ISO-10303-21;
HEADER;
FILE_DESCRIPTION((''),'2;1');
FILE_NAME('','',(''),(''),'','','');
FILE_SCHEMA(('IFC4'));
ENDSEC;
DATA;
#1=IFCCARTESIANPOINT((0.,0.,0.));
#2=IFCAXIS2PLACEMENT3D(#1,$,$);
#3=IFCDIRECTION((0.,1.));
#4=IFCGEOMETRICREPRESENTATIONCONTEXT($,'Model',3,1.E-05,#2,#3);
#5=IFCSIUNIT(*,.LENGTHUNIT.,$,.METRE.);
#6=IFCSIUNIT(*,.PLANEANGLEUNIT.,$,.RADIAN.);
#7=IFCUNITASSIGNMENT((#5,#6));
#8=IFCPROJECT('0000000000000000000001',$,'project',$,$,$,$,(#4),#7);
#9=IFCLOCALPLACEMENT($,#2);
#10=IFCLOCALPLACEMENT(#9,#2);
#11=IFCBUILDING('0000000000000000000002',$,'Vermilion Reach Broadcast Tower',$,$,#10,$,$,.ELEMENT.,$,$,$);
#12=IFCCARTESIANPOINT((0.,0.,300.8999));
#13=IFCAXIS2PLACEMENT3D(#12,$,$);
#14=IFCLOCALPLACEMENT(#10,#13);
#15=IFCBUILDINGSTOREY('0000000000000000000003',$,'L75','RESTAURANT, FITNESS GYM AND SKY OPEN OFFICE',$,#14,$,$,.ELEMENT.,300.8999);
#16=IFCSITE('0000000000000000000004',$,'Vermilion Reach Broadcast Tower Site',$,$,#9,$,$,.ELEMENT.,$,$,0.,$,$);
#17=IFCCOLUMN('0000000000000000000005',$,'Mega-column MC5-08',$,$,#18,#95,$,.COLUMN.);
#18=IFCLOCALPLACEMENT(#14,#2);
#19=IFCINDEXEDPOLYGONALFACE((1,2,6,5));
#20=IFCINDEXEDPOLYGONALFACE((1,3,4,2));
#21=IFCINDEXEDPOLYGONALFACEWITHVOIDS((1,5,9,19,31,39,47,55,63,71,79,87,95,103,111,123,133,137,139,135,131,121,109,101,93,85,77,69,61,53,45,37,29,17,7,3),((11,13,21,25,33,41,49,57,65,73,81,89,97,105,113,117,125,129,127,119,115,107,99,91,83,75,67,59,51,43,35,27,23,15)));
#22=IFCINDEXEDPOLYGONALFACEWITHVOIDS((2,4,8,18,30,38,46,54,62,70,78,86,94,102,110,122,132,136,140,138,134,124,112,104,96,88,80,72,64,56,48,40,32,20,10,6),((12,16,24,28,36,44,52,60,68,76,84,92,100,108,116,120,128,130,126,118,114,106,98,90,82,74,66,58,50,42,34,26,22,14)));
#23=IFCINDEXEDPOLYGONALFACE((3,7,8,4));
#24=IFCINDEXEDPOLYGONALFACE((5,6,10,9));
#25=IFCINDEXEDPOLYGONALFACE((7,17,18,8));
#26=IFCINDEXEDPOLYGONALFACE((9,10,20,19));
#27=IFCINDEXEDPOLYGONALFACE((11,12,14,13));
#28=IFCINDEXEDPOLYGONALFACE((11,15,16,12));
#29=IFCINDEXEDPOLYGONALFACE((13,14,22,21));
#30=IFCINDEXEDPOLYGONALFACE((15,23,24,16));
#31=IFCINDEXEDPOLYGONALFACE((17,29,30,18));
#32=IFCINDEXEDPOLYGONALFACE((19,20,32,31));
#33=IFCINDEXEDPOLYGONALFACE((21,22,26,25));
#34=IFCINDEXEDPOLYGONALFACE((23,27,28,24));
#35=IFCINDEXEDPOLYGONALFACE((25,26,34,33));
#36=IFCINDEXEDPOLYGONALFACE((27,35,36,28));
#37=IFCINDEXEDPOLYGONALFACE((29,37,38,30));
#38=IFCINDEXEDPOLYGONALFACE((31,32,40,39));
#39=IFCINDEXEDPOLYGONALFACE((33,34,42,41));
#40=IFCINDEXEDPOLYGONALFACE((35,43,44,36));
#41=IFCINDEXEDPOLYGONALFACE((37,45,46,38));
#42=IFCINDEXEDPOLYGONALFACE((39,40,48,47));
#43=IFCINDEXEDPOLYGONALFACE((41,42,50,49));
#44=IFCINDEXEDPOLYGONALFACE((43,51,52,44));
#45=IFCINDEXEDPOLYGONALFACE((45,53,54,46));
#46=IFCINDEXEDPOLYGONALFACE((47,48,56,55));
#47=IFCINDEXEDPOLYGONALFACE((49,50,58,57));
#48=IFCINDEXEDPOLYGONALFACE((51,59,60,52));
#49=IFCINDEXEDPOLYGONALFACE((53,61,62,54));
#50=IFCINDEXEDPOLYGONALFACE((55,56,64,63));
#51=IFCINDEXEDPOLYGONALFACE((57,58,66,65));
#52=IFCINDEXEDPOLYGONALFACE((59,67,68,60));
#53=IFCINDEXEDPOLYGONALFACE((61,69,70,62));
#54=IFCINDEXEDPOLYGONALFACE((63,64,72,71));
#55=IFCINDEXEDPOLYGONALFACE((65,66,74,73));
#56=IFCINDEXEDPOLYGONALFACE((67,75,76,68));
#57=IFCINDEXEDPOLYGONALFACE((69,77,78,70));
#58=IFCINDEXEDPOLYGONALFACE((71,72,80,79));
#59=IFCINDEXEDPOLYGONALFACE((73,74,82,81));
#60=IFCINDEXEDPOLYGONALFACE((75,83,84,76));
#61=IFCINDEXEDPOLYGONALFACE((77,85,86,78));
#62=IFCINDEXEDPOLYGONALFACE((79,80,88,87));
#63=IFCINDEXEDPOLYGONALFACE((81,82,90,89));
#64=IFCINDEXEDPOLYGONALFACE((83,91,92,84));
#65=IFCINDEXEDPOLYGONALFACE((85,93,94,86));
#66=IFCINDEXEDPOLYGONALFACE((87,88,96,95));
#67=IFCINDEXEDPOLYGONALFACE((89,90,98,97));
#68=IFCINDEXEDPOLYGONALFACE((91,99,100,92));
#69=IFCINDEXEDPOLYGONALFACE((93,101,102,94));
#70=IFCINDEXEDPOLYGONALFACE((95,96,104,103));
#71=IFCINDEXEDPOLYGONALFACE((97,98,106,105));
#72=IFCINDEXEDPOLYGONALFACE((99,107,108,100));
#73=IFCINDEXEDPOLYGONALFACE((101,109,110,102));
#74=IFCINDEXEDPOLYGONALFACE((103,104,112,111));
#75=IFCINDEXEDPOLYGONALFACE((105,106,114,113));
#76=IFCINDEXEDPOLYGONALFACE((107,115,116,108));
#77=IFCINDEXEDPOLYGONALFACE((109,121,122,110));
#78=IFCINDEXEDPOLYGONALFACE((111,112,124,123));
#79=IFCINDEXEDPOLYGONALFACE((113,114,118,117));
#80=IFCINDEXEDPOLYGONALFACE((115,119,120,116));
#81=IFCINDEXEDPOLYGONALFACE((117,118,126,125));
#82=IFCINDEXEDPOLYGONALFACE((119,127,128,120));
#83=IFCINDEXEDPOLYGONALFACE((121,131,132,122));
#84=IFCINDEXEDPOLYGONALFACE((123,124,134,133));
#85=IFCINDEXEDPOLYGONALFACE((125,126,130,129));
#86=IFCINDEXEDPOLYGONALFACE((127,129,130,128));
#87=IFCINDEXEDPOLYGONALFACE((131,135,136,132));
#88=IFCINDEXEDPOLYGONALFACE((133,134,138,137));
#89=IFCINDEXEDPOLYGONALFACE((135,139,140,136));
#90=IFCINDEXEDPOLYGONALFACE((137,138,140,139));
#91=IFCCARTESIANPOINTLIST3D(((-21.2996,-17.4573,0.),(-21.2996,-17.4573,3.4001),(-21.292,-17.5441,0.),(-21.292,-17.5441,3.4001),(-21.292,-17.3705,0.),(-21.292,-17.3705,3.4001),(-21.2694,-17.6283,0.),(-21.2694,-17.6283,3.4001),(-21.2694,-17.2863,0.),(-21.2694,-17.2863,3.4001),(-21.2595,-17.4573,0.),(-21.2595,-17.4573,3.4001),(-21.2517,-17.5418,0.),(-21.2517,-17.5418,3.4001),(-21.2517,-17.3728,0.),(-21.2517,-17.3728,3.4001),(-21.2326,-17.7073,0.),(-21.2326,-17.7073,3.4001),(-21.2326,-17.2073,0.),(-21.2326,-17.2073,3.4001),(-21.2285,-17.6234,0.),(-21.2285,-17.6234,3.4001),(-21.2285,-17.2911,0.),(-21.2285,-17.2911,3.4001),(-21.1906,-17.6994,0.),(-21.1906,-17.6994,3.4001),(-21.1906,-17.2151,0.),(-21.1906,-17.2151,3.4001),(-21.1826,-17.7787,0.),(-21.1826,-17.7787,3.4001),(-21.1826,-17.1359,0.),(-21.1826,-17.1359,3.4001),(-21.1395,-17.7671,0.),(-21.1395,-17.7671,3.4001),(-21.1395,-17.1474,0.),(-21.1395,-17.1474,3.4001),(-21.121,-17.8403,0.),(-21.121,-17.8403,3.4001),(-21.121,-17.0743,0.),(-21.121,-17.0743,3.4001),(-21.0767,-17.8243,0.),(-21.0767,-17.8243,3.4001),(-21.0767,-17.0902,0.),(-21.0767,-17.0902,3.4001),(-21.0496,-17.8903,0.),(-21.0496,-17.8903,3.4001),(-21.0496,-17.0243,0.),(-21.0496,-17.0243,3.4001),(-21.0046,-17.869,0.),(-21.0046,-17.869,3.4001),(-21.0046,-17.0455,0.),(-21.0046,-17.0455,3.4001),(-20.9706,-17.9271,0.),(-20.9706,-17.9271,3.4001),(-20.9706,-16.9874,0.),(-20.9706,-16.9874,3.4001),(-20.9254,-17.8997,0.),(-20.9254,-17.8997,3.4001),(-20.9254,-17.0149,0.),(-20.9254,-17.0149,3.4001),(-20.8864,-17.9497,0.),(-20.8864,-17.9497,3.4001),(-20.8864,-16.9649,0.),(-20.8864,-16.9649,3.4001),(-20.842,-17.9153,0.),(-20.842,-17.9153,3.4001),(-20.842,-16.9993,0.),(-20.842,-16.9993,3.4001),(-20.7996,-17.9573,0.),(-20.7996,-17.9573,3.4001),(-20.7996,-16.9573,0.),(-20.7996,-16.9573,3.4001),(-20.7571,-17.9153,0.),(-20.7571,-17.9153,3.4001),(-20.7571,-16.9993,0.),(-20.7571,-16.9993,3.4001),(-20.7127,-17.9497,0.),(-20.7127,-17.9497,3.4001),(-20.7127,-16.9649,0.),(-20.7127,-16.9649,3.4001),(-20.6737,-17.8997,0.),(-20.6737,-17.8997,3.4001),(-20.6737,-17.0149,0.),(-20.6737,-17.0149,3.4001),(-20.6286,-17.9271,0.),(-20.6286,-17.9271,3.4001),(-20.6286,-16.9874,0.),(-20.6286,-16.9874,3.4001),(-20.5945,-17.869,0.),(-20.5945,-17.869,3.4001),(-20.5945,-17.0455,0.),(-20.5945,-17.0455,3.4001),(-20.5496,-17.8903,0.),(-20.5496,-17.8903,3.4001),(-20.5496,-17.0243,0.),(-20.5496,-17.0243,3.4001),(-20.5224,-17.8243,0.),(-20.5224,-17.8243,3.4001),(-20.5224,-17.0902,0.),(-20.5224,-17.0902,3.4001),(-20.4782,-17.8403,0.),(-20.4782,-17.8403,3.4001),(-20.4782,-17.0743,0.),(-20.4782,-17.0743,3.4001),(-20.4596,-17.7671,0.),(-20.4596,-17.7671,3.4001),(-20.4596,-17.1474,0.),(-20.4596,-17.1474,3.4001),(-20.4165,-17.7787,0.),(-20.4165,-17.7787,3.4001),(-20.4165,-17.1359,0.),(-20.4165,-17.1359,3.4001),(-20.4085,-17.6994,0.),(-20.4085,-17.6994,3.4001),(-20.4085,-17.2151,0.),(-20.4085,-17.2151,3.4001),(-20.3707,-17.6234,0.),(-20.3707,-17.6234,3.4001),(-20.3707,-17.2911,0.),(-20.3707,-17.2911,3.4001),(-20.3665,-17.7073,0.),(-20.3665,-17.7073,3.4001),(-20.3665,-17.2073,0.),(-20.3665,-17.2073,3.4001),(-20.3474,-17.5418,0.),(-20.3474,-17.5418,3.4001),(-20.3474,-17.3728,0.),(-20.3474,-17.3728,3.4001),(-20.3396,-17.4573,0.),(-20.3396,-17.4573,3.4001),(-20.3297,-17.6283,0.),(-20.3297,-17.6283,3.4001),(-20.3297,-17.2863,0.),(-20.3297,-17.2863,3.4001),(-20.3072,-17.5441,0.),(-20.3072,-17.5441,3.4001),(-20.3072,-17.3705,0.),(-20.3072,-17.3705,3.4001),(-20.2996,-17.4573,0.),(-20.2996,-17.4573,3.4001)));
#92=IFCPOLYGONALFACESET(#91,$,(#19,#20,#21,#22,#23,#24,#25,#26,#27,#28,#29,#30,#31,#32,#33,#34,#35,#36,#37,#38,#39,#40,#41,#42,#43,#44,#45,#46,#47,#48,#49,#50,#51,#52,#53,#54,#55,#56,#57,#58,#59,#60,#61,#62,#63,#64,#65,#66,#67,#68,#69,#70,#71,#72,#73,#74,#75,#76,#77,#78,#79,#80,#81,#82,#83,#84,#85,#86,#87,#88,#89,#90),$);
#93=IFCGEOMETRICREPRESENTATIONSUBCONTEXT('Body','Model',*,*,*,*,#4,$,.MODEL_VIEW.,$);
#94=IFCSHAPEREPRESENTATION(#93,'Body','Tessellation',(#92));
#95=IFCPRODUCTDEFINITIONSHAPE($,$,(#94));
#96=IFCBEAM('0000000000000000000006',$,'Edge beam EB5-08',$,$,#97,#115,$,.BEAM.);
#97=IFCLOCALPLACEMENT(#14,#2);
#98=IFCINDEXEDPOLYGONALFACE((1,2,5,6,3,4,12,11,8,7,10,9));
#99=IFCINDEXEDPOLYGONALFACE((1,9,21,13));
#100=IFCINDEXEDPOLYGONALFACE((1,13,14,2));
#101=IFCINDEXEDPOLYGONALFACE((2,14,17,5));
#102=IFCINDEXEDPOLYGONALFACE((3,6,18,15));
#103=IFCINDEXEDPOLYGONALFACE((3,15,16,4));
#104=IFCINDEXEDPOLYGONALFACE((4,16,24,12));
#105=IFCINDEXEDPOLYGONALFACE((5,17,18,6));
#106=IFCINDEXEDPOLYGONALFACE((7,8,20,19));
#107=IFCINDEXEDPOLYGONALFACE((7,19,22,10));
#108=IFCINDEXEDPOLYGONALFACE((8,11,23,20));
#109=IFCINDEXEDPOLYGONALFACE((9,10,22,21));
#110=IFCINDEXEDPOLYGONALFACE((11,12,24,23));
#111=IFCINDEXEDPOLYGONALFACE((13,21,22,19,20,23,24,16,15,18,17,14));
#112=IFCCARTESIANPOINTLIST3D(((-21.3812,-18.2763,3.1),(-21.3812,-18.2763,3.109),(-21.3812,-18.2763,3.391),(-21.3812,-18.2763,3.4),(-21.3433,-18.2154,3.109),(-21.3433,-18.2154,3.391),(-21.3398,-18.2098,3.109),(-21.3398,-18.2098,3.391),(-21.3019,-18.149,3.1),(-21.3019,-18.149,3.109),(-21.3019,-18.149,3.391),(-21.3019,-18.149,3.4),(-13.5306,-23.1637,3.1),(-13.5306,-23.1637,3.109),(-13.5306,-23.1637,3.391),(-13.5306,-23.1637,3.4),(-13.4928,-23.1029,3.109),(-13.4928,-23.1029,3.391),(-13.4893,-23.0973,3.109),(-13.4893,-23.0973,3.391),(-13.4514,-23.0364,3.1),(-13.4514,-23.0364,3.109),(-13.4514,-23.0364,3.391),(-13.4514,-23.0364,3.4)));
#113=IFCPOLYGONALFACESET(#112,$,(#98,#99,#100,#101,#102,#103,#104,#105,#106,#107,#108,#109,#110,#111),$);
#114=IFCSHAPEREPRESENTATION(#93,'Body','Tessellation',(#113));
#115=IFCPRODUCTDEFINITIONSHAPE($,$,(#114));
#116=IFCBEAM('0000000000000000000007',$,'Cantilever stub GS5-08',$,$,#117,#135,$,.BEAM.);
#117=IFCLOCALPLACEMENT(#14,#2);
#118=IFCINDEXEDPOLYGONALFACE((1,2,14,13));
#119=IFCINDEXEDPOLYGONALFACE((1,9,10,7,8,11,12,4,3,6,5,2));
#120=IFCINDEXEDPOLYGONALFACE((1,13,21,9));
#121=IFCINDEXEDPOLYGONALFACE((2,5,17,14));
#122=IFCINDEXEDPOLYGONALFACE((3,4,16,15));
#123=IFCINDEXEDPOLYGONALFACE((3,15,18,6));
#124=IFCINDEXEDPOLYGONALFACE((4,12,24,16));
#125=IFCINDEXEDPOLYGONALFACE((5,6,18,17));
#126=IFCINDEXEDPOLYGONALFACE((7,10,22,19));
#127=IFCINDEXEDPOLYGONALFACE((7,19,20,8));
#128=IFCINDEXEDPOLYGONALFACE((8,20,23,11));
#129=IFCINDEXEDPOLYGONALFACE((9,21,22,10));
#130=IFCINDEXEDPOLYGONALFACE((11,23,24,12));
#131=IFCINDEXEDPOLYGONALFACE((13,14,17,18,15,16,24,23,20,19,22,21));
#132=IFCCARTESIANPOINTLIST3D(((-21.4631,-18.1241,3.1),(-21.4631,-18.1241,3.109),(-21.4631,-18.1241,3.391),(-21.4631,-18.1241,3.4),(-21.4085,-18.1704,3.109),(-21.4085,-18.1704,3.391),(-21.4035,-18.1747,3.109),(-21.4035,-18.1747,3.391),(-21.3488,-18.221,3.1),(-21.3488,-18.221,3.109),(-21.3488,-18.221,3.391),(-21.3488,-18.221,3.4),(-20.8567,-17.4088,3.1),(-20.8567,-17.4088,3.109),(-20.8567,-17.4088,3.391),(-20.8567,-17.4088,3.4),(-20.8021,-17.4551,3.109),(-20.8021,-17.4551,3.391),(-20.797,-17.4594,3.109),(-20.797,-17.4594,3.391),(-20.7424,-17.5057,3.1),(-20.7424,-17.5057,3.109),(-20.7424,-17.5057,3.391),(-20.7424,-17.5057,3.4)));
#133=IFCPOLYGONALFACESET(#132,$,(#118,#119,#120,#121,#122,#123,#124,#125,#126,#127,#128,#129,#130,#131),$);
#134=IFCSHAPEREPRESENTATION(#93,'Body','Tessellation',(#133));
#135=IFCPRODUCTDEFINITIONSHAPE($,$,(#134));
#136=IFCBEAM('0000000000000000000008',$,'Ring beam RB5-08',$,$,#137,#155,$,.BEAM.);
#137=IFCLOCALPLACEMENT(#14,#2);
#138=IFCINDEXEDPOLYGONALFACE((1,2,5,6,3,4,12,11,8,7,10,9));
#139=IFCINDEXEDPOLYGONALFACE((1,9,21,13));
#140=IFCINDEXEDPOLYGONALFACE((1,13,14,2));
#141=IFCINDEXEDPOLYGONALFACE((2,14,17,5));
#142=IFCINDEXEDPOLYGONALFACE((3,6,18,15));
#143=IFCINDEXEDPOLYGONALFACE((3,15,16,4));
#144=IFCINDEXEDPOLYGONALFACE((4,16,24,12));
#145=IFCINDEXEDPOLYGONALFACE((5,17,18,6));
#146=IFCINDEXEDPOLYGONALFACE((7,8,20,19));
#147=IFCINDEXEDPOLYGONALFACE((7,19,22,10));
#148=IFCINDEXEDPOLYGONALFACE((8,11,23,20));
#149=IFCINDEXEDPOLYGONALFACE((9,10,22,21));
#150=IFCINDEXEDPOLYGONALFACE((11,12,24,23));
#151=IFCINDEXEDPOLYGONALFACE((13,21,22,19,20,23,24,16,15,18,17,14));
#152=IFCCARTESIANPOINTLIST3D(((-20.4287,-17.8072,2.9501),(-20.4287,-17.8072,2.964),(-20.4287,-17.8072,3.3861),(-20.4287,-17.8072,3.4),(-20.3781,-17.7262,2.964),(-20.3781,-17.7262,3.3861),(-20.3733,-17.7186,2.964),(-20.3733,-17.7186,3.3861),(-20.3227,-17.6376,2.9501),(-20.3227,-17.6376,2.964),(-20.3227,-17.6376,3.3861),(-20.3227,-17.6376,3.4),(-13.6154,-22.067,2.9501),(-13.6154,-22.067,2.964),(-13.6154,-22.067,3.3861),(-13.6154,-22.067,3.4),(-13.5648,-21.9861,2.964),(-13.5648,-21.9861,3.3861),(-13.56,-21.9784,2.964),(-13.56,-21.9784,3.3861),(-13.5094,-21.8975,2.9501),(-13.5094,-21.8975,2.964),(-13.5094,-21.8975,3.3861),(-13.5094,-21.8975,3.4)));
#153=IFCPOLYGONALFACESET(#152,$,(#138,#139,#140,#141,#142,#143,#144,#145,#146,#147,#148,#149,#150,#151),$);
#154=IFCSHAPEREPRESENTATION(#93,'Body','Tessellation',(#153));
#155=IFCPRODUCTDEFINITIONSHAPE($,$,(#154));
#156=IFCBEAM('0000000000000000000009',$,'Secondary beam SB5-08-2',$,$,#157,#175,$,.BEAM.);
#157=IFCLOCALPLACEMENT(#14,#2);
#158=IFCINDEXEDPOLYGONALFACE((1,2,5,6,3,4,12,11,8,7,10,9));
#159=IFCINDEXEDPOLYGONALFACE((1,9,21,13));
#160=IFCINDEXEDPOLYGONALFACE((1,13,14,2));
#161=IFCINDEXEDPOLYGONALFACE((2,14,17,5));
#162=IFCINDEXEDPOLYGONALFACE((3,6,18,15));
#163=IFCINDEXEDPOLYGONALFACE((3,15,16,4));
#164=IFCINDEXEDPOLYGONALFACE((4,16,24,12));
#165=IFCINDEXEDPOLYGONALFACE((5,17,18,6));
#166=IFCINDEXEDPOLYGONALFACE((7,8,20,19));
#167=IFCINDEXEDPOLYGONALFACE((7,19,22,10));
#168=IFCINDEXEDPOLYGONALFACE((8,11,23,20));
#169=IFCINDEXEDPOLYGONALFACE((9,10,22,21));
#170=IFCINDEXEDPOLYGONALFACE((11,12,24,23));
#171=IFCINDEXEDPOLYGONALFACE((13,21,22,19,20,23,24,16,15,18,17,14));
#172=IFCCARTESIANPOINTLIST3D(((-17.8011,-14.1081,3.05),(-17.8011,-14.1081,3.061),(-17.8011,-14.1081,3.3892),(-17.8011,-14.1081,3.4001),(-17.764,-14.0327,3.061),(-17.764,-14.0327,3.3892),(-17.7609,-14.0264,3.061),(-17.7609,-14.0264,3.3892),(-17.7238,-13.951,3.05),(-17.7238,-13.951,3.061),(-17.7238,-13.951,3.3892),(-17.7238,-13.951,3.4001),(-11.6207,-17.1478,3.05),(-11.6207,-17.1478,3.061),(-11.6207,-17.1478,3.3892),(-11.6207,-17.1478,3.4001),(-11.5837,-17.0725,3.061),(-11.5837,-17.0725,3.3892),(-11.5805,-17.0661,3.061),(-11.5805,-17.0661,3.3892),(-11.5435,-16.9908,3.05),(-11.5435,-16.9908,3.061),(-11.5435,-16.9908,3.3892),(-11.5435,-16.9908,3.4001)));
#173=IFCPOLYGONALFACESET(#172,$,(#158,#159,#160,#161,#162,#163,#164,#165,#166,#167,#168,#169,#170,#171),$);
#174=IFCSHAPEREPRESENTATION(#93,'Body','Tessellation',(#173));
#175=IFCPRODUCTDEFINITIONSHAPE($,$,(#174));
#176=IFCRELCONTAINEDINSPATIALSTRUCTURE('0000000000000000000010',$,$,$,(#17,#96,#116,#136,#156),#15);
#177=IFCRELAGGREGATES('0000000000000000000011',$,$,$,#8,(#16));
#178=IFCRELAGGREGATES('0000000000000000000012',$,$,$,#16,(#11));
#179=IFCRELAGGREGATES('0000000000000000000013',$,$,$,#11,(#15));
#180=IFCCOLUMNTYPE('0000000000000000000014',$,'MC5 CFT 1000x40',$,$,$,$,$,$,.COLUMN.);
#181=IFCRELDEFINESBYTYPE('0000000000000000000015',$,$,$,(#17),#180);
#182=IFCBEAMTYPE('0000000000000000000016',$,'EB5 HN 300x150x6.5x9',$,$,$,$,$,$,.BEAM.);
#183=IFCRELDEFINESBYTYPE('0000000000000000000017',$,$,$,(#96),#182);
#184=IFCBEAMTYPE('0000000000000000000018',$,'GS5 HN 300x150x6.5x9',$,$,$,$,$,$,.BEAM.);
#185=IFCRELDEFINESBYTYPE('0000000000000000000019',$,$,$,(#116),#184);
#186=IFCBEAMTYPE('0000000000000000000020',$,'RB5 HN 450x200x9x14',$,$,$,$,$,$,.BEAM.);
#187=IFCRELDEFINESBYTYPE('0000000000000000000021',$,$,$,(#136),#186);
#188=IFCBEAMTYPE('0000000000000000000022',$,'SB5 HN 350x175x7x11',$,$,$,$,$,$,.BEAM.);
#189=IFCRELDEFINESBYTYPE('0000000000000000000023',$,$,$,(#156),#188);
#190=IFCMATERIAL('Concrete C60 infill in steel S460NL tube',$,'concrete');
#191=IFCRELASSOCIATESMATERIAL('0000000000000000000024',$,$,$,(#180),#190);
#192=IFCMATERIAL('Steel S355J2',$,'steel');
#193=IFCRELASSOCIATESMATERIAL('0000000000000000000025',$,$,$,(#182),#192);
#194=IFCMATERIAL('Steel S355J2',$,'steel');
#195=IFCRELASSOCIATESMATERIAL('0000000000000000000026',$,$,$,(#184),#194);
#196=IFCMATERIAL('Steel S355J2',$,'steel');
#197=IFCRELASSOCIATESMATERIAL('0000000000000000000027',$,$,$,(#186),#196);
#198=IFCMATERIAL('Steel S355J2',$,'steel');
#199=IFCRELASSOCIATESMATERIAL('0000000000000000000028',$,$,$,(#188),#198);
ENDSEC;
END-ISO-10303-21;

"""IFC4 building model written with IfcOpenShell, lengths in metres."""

from ifc_helpers import new_model, si_unit, direction, frame, origin, origin_2d, place, context, subcontext, project, spatial, hollow_circle, i_section, extrude, material, material_profile, profile_set, type_object, element, save


model = new_model("IFC4")

# Units and contexts
model_context = context("Model", 3, precision=1e-05, world=origin(), true_north=direction((0.0, 1.0)))
body_context = subcontext(model_context, "Body", "Model", "MODEL_VIEW")
ifc_project = project(units=[si_unit("LENGTHUNIT", "METRE"), si_unit("PLANEANGLEUNIT", "RADIAN")], contexts=[model_context])

# Site, building, storey
site_placement = place(None, origin())
site = spatial("IfcSite", under=ifc_project, at=site_placement, Name="Vermilion Reach Broadcast Tower Site", CompositionType="ELEMENT", RefElevation=0.0)
building_placement = place(site_placement, origin())
building = spatial("IfcBuilding", under=site, at=building_placement, Name="Vermilion Reach Broadcast Tower", CompositionType="ELEMENT")
storey_placement = place(building_placement, frame((0.0, 0.0, 300.8999)))
storey = spatial("IfcBuildingStorey", under=building, at=storey_placement, Name="L75", Description="RESTAURANT, FITNESS GYM AND SKY OPEN OFFICE", CompositionType="ELEMENT", Elevation=300.8999)

# Column
ifc_material_1 = material(Name="Concrete C60 infill in steel S460NL tube", Category="concrete")
ifc_material_profile_1 = material_profile(ifc_material_1, hollow_circle(Radius=0.5, WallThickness=0.04, at=origin_2d()), Name="Concrete C60 infill in steel S460NL tube CFT 1000x40")
ifc_profile_set_1 = profile_set([ifc_material_profile_1], Name="Concrete C60 infill in steel S460NL tube")
column_type = type_object("IfcColumnType", Name="MC5 CFT 1000x40", PredefinedType="COLUMN", material=ifc_profile_set_1)
column_placement = place(storey_placement, frame((-20.7996, -17.4573, 0.0), z_axis=(0.0, 0.0, 1.0), x_axis=(1.0, 0.0, 0.0)))
element("IfcColumn", 1, at=column_placement, inside=storey, type_object=column_type, Name="Mega-column MC5-08", PredefinedType="COLUMN", context=body_context, shape_type="SweptSolid", body=[
    extrude(hollow_circle(Radius=0.5, WallThickness=0.04, at=origin_2d()), origin(), (0.0, 0.0, 1.0), 3.4001),
])

# Beams
ifc_material_2 = material(Name="Steel S355J2", Category="steel")
ifc_material_profile_2 = material_profile(ifc_material_2, i_section(OverallWidth=0.1499, OverallDepth=0.3, WebThickness=0.0066, FlangeThickness=0.009, at=origin_2d()), Name="S355J2 HN 300x150x6.5x9")
ifc_profile_set_2 = profile_set([ifc_material_profile_2], Name="Steel S355J2")
beam_type_1 = type_object("IfcBeamType", Name="EB5 HN 300x150x6.5x9", PredefinedType="BEAM", material=ifc_profile_set_2)
beam_1_placement = place(storey_placement, frame((-21.3416, -18.2126, 3.25), z_axis=(0.848928, -0.528508, 0.0), x_axis=(0.528508, 0.848928, 0.0)))
element("IfcBeam", 2, at=beam_1_placement, inside=storey, type_object=beam_type_1, Name="Edge beam EB5-08", PredefinedType="BEAM", context=body_context, shape_type="SweptSolid", body=[
    extrude(i_section(OverallWidth=0.1499, OverallDepth=0.3, WebThickness=0.0066, FlangeThickness=0.009, at=origin_2d()), origin(), (0.0, 0.0, 1.0), 9.2476),
])
ifc_material_3 = material(Name="Steel S355J2", Category="steel")
ifc_material_profile_3 = material_profile(ifc_material_3, i_section(OverallWidth=0.1499, OverallDepth=0.3, WebThickness=0.0066, FlangeThickness=0.009, at=origin_2d()), Name="S355J2 HN 300x150x6.5x9")
ifc_profile_set_3 = profile_set([ifc_material_profile_3], Name="Steel S355J2")
beam_type_2 = type_object("IfcBeamType", Name="GS5 HN 300x150x6.5x9", PredefinedType="BEAM", material=ifc_profile_set_3)
beam_2_placement = place(storey_placement, frame((-20.7996, -17.4573, 3.25), z_axis=(-0.646665, -0.762774, 0.0), x_axis=(0.762774, -0.646665, 0.0)))
element("IfcBeam", 3, at=beam_2_placement, inside=storey, type_object=beam_type_2, Name="Cantilever stub GS5-08", PredefinedType="BEAM", context=body_context, shape_type="SweptSolid", body=[
    extrude(i_section(OverallWidth=0.1499, OverallDepth=0.3, WebThickness=0.0066, FlangeThickness=0.009, at=origin_2d()), origin(), (0.0, 0.0, 1.0), 0.9377),
])
ifc_material_4 = material(Name="Steel S355J2", Category="steel")
ifc_material_profile_4 = material_profile(ifc_material_4, i_section(OverallWidth=0.2, OverallDepth=0.45, WebThickness=0.009, FlangeThickness=0.0139, at=origin_2d()), Name="S355J2 HN 450x200x9x14")
ifc_profile_set_4 = profile_set([ifc_material_profile_4], Name="Steel S355J2")
beam_type_3 = type_object("IfcBeamType", Name="RB5 HN 450x200x9x14", PredefinedType="BEAM", material=ifc_profile_set_4)
beam_3_placement = place(storey_placement, frame((-20.3757, -17.7224, 3.175), z_axis=(0.847915, -0.530133, 0.0), x_axis=(0.530133, 0.847915, 0.0)))
element("IfcBeam", 4, at=beam_3_placement, inside=storey, type_object=beam_type_3, Name="Ring beam RB5-08", PredefinedType="BEAM", context=body_context, shape_type="SweptSolid", body=[
    extrude(i_section(OverallWidth=0.2, OverallDepth=0.45, WebThickness=0.009, FlangeThickness=0.0139, at=origin_2d()), origin(), (0.0, 0.0, 1.0), 8.0354),
])
ifc_material_5 = material(Name="Steel S355J2", Category="steel")
ifc_material_profile_5 = material_profile(ifc_material_5, i_section(OverallWidth=0.175, OverallDepth=0.3501, WebThickness=0.0071, FlangeThickness=0.011, at=origin_2d()), Name="S355J2 HN 350x175x7x11")
ifc_profile_set_5 = profile_set([ifc_material_profile_5], Name="Steel S355J2")
beam_type_4 = type_object("IfcBeamType", Name="SB5 HN 350x175x7x11", PredefinedType="BEAM", material=ifc_profile_set_5)
beam_4_placement = place(storey_placement, frame((-17.7625, -14.0295, 3.2251), z_axis=(0.897336, -0.441348, 0.0), x_axis=(0.441348, 0.897336, 0.0)))
element("IfcBeam", 5, at=beam_4_placement, inside=storey, type_object=beam_type_4, Name="Secondary beam SB5-08-2", PredefinedType="BEAM", context=body_context, shape_type="SweptSolid", body=[
    extrude(i_section(OverallWidth=0.175, OverallDepth=0.3501, WebThickness=0.0071, FlangeThickness=0.011, at=origin_2d()), origin(), (0.0, 0.0, 1.0), 6.8875),
])

save(model, "model.ifc")
